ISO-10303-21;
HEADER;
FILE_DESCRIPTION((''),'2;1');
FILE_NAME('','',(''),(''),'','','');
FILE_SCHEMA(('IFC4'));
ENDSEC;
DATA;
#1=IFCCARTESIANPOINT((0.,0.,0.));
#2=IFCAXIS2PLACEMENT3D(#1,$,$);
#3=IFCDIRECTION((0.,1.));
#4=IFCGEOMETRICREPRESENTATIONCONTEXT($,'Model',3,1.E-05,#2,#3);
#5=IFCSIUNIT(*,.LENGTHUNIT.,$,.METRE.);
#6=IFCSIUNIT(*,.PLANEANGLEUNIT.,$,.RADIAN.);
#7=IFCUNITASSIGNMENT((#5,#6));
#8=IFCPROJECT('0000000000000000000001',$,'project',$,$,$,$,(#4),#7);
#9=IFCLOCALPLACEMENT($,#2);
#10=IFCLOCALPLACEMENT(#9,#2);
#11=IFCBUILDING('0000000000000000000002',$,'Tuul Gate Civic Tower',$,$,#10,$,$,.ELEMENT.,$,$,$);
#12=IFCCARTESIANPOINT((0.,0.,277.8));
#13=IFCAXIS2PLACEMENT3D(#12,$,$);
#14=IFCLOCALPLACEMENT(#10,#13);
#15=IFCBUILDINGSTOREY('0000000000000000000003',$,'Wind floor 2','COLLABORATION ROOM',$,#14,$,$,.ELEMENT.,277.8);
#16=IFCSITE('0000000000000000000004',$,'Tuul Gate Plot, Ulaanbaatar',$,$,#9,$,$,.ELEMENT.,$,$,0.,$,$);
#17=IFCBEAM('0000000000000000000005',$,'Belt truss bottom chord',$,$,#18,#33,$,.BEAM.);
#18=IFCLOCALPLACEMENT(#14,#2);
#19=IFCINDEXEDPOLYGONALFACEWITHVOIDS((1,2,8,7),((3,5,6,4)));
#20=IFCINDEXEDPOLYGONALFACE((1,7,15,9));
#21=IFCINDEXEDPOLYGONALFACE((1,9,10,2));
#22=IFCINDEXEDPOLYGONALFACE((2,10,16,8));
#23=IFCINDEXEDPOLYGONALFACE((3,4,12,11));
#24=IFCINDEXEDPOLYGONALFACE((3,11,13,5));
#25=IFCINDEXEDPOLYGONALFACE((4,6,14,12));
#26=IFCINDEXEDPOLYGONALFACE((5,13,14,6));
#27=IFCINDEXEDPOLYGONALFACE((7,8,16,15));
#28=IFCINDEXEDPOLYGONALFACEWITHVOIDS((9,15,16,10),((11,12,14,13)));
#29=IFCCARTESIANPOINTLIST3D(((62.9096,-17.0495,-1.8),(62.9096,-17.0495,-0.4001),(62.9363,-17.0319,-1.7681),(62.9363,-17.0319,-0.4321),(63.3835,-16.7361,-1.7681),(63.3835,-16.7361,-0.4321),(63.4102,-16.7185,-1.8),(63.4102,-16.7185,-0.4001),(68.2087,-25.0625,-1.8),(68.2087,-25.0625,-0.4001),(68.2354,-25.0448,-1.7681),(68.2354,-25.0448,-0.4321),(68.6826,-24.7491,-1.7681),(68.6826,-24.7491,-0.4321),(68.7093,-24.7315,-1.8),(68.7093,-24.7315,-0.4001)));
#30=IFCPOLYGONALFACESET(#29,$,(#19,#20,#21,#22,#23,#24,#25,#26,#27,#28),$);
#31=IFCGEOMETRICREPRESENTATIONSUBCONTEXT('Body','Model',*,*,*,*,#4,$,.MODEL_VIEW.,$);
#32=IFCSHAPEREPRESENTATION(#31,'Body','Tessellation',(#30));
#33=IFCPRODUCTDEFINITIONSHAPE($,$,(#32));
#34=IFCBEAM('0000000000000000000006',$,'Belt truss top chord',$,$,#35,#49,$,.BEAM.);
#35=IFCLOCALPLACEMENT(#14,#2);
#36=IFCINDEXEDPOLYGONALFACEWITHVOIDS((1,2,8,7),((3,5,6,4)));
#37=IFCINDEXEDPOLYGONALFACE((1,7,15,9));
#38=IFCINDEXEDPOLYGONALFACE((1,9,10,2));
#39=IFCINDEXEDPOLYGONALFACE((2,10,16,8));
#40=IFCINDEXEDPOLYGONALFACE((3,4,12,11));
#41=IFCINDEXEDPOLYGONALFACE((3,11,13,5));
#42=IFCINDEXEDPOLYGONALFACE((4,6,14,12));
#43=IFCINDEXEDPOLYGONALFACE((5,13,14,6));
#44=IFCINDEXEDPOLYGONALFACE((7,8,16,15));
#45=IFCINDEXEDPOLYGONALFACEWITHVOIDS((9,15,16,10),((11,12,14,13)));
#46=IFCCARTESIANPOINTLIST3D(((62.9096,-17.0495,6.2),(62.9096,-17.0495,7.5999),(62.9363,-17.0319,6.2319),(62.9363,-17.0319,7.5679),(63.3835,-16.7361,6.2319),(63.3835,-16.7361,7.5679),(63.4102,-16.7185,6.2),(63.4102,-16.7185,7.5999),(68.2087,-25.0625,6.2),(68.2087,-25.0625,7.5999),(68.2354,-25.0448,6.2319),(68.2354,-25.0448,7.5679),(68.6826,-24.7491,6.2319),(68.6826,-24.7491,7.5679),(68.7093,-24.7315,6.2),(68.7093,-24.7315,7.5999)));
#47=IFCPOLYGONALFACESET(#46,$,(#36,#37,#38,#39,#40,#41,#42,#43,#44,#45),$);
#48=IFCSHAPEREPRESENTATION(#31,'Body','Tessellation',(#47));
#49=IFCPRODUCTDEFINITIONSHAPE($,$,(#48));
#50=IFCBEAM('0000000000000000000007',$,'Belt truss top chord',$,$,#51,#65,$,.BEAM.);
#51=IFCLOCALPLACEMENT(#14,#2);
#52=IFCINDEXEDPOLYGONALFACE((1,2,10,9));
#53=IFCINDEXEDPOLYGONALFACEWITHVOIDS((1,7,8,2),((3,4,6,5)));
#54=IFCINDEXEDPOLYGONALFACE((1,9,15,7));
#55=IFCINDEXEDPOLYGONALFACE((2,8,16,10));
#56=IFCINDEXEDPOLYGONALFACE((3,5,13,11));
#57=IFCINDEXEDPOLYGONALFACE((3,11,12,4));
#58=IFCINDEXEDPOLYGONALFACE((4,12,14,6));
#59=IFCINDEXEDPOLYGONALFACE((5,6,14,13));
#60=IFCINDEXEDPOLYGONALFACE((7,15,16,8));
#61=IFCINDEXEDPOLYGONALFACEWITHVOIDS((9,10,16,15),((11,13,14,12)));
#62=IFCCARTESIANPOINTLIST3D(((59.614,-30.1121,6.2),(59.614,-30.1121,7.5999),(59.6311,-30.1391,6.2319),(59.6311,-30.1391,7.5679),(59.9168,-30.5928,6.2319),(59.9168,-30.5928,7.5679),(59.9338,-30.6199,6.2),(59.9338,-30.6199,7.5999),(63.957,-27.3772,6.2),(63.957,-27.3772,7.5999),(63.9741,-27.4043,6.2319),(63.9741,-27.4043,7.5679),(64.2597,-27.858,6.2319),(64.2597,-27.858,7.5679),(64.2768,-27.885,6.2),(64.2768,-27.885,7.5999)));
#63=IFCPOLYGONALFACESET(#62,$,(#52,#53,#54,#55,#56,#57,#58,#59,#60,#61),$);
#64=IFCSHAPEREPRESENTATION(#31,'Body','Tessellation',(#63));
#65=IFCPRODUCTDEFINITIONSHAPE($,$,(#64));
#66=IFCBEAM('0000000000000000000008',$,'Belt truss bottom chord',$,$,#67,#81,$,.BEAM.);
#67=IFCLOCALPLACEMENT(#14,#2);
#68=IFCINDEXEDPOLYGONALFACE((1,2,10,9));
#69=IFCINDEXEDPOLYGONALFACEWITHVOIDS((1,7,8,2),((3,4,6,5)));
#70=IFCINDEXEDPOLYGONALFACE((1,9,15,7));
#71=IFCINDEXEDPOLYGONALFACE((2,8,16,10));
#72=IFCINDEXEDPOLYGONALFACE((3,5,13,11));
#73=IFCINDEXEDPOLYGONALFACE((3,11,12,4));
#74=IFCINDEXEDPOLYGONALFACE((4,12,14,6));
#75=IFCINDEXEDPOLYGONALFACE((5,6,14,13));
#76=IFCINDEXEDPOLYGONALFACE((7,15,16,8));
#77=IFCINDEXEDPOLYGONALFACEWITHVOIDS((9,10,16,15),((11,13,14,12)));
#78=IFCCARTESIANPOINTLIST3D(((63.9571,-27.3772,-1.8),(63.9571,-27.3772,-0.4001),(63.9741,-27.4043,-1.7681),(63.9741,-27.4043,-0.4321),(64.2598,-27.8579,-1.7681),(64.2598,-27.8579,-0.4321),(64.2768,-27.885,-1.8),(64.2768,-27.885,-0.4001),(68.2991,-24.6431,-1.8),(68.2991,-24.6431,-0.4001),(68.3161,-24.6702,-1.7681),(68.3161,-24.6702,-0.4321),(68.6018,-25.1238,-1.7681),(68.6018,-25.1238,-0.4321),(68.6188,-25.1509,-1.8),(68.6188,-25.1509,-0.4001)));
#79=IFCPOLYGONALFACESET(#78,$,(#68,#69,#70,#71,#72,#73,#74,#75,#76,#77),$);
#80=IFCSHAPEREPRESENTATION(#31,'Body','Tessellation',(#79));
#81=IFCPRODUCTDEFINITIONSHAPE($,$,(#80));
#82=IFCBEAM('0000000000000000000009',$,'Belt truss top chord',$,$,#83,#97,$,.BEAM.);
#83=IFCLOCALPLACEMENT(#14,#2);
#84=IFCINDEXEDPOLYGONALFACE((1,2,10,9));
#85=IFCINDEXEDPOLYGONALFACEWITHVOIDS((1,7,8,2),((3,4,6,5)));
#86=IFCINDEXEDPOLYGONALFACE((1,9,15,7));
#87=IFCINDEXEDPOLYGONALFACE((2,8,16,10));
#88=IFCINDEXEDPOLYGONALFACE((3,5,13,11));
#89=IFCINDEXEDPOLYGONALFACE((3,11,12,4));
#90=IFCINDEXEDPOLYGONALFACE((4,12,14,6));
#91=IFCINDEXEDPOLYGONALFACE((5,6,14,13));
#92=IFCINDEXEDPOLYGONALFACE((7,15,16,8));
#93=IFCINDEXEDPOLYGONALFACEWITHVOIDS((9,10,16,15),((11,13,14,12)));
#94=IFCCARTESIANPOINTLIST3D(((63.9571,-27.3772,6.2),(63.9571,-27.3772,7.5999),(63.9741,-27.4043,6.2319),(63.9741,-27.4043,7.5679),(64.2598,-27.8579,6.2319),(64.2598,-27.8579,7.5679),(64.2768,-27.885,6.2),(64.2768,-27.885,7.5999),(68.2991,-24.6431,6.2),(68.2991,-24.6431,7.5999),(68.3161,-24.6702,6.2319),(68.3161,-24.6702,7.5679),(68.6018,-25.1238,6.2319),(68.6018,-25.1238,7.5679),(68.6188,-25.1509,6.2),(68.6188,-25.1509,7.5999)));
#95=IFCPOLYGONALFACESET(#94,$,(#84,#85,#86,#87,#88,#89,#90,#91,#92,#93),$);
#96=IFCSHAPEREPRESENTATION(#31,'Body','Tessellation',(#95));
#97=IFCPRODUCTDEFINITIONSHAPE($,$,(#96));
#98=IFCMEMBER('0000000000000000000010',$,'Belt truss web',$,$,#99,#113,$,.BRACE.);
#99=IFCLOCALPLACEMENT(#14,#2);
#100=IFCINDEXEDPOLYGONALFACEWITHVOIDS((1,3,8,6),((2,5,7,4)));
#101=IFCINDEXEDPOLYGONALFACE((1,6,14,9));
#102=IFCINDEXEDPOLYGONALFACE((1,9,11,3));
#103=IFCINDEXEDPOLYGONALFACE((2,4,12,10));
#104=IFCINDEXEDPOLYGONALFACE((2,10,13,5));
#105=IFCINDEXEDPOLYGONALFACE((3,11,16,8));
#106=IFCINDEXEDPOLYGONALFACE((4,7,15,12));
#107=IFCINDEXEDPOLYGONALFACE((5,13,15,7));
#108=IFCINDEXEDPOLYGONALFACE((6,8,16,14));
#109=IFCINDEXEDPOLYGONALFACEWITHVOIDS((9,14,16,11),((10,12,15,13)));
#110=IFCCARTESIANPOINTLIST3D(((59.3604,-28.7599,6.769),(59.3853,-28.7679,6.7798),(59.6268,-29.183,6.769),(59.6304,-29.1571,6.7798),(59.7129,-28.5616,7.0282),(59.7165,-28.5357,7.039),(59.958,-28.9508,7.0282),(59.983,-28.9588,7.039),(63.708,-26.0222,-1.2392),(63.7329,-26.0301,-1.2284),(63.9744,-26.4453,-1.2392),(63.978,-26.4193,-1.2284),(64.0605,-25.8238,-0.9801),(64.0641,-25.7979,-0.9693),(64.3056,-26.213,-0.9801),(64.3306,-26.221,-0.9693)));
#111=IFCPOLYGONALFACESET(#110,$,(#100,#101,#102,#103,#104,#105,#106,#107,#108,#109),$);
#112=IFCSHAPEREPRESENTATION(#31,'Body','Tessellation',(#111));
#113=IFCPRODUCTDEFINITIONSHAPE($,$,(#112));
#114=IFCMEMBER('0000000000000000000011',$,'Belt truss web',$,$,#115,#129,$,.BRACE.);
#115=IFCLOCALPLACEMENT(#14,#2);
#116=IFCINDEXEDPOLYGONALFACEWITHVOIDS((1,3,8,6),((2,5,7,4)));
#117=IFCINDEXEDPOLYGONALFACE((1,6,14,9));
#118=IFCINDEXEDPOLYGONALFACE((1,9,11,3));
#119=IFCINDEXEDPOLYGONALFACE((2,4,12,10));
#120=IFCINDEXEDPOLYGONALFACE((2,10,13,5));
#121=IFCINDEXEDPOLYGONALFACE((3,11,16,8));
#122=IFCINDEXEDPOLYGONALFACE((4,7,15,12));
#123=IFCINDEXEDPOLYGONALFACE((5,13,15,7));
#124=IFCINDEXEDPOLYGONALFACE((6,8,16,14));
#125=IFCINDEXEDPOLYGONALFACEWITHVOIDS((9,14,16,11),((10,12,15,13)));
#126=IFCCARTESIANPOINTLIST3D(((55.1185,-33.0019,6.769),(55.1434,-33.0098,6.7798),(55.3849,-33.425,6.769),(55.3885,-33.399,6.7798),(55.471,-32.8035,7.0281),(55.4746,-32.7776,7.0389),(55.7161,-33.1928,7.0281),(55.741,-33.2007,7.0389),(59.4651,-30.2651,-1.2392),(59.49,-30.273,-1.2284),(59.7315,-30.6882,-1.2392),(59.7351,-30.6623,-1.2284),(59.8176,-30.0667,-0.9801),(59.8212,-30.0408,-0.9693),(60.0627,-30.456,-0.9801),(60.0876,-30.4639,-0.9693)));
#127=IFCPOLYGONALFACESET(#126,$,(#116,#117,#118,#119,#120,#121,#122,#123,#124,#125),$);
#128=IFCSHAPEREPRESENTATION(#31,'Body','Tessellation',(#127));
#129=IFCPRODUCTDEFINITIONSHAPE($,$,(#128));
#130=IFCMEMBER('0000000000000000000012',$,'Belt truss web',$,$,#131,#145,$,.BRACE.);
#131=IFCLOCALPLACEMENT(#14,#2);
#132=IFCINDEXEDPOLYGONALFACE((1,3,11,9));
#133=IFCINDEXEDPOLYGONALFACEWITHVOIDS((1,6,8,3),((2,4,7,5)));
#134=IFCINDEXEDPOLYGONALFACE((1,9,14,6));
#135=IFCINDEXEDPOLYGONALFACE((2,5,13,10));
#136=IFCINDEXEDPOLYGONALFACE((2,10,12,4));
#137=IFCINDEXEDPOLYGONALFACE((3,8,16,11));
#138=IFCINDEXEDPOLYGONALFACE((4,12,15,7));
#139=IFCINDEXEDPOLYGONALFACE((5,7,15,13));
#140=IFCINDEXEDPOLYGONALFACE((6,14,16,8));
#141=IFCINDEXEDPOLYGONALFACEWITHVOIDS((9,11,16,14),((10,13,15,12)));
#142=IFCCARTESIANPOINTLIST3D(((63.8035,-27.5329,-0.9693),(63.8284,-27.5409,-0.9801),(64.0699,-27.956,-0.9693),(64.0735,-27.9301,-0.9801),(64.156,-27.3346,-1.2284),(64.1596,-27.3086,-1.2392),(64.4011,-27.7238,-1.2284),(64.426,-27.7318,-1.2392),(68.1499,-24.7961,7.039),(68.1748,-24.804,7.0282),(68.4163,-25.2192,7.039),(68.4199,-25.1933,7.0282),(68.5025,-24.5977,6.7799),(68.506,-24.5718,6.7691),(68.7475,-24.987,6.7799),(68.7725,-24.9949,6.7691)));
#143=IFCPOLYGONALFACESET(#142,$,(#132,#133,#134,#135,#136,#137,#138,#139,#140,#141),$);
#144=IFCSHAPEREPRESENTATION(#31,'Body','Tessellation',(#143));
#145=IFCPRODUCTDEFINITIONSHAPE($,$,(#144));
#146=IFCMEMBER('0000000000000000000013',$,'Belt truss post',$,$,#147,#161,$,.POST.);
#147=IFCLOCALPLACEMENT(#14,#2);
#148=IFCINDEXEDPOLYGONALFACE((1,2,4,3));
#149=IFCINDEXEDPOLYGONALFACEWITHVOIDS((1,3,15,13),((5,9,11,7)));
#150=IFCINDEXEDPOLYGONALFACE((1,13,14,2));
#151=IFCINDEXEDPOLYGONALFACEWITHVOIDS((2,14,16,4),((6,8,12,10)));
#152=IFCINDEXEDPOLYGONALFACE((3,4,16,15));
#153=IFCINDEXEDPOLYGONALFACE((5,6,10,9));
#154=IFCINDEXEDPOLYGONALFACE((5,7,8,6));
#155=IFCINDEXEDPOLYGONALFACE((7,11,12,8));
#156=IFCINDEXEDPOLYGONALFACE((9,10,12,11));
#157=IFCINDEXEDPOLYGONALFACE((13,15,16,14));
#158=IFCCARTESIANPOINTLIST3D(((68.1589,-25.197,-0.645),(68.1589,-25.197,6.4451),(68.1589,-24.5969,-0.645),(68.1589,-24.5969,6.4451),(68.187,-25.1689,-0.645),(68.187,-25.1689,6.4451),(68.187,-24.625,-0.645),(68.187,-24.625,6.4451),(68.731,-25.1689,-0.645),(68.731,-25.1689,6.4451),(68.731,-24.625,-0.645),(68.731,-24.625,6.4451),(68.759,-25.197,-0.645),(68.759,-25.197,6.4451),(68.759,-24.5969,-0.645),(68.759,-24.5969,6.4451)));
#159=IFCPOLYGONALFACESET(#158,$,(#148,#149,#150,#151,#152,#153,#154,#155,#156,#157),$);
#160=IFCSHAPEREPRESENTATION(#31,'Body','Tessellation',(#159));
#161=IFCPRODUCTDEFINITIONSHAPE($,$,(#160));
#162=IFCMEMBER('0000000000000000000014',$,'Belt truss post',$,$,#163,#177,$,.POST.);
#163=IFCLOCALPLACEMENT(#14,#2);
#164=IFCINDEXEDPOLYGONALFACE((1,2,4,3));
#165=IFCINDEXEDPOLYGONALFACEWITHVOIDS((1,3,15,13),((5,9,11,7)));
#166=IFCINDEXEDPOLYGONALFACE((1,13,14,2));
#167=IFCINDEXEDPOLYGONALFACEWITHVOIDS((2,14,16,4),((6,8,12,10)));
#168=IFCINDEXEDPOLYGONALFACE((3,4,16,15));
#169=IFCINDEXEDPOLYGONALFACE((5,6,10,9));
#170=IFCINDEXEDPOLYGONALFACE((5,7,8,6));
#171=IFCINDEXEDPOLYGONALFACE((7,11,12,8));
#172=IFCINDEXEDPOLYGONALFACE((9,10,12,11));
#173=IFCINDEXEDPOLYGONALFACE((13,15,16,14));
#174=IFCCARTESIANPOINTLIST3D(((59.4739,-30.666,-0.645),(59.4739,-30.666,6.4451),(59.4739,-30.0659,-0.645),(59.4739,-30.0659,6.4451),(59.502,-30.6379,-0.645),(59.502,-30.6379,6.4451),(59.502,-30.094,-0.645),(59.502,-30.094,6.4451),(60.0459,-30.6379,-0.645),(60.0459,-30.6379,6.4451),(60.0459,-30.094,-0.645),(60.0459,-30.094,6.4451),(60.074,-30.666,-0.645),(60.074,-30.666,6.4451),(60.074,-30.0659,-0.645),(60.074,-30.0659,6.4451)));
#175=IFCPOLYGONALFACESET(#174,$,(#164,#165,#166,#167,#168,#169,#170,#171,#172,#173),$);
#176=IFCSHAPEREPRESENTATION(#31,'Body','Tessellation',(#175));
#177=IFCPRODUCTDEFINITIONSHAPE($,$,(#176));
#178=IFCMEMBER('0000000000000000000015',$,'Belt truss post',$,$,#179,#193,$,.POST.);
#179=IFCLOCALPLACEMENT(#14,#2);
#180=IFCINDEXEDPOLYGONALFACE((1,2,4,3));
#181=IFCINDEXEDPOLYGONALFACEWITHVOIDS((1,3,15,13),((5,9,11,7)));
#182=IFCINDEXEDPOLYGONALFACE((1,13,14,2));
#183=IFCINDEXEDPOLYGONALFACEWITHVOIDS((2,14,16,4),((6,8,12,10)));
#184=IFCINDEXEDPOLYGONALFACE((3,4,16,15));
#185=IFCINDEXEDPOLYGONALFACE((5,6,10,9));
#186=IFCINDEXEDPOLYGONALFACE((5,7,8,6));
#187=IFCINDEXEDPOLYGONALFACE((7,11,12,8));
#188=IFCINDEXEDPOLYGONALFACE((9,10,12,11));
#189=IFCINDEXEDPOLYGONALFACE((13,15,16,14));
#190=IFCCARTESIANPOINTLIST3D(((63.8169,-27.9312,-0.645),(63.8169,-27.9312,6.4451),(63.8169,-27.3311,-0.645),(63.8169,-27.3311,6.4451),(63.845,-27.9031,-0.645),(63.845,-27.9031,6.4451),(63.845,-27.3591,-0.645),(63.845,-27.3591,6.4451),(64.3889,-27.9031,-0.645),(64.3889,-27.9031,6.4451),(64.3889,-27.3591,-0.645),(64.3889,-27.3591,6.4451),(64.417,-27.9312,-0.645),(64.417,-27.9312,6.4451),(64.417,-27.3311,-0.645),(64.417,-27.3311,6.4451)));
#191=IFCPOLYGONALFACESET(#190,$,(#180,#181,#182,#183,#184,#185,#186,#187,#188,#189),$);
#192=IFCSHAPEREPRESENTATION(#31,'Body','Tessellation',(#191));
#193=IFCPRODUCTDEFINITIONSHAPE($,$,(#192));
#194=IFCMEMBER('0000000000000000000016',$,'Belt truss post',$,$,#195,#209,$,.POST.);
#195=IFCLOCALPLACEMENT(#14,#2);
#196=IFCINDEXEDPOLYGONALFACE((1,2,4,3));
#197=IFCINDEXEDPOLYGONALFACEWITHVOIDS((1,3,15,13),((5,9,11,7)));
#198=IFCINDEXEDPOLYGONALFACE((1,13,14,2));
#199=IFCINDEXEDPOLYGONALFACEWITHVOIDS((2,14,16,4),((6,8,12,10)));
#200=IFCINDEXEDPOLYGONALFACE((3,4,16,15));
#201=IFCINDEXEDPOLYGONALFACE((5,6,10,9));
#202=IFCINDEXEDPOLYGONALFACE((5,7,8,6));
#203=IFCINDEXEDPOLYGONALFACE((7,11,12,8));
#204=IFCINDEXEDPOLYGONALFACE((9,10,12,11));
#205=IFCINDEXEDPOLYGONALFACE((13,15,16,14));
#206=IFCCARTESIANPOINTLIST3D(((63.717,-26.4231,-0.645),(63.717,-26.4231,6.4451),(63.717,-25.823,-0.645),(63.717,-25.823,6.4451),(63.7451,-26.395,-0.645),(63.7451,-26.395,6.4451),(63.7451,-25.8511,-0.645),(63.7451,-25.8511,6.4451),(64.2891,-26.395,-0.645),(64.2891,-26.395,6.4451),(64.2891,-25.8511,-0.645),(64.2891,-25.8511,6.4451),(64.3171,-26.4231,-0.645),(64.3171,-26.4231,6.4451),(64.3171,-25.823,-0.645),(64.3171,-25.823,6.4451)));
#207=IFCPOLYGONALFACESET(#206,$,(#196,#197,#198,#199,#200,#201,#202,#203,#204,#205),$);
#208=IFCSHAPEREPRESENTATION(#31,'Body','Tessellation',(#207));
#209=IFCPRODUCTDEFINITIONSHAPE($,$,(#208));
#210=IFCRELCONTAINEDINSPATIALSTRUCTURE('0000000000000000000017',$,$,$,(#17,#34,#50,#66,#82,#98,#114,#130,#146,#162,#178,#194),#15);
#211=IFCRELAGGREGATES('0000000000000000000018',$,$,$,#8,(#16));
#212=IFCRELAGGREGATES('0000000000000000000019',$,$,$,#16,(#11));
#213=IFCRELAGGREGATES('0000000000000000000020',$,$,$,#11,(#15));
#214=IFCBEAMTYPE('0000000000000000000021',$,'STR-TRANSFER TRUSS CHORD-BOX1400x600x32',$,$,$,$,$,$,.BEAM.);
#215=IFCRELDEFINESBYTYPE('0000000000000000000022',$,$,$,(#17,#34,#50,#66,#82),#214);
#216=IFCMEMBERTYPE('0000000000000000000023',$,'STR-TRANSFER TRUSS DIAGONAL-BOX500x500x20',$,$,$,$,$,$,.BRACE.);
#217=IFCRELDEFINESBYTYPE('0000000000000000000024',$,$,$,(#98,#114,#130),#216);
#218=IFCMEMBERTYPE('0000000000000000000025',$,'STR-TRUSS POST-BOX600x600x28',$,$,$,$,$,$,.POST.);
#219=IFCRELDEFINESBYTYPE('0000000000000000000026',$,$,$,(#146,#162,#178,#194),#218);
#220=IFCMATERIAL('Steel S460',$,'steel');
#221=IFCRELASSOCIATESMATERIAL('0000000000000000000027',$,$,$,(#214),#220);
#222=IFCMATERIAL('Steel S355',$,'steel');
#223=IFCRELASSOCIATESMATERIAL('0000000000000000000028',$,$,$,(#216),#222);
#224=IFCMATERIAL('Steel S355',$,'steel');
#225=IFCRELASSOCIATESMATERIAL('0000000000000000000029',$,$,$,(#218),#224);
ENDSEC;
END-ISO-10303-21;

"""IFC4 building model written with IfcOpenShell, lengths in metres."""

from ifc_helpers import new_model, si_unit, direction, frame, origin, origin_2d, place, context, subcontext, project, spatial, hollow_rectangle, extrude, material, material_profile, profile_set, type_object, element, save


model = new_model("IFC4")

# Units and contexts
model_context = context("Model", 3, precision=1e-05, world=origin(), true_north=direction((0.0, 1.0)))
body_context = subcontext(model_context, "Body", "Model", "MODEL_VIEW")
ifc_project = project(units=[si_unit("LENGTHUNIT", "METRE"), si_unit("PLANEANGLEUNIT", "RADIAN")], contexts=[model_context])

# Site, building, storey
site_placement = place(None, origin())
site = spatial("IfcSite", under=ifc_project, at=site_placement, Name="Tuul Gate Plot, Ulaanbaatar", CompositionType="ELEMENT", RefElevation=0.0)
building_placement = place(site_placement, origin())
building = spatial("IfcBuilding", under=site, at=building_placement, Name="Tuul Gate Civic Tower", CompositionType="ELEMENT")
storey_placement = place(building_placement, frame((0.0, 0.0, 277.8)))
storey = spatial("IfcBuildingStorey", under=building, at=storey_placement, Name="Wind floor 2", Description="COLLABORATION ROOM", CompositionType="ELEMENT", Elevation=277.8)

# Beams
ifc_material_1 = material(Name="Steel S460", Category="steel")
ifc_material_profile_1 = material_profile(ifc_material_1, hollow_rectangle(XDim=0.6001, YDim=1.3999, WallThickness=0.032, at=origin_2d()), Name="BOX1400x600x32")
ifc_profile_set_1 = profile_set([ifc_material_profile_1], Name="Steel S460")
beam_type = type_object("IfcBeamType", Name="STR-TRANSFER TRUSS CHORD-BOX1400x600x32", PredefinedType="BEAM", material=ifc_profile_set_1)
for number, where, z_axis, x_axis, name in (
    (1, (68.459, -24.897, -1.1001), (-0.551606, 0.834105, 0.0), (-0.834105, -0.551606, 0.0), "Belt truss bottom chord"),
    (2, (68.459, -24.897, 6.8999), (-0.551606, 0.834105, 0.0), (-0.834105, -0.551606, 0.0), "Belt truss top chord"),
):
    element("IfcBeam", number, at=place(storey_placement, frame(where, z_axis=z_axis, x_axis=x_axis)), inside=storey, type_object=beam_type, Name=name, PredefinedType="BEAM", context=body_context, shape_type="SweptSolid", body=[
        extrude(hollow_rectangle(XDim=0.6001, YDim=1.3999, WallThickness=0.032, at=origin_2d()), origin(), (0.0, 0.0, 1.0), 9.6067),
    ])
beam_placement = place(storey_placement, frame((59.7739, -30.366, 6.8999), z_axis=(0.8462, 0.532865, 0.0), x_axis=(-0.532865, 0.8462, 0.0)))
element("IfcBeam", 3, at=beam_placement, inside=storey, type_object=beam_type, Name="Belt truss top chord", PredefinedType="BEAM", context=body_context, shape_type="SweptSolid", body=[
    extrude(hollow_rectangle(XDim=0.6001, YDim=1.3999, WallThickness=0.032, at=origin_2d()), origin(), (0.0, 0.0, 1.0), 5.1323),
])
for number, where, z_axis, x_axis, name in (
    (4, (64.1169, -27.6311, -1.1001), (0.846211, 0.532849, 0.0), (-0.532849, 0.846211, 0.0), "Belt truss bottom chord"),
    (5, (64.1169, -27.6311, 6.8999), (0.846211, 0.532849, 0.0), (-0.532849, 0.846211, 0.0), "Belt truss top chord"),
):
    element("IfcBeam", number, at=place(storey_placement, frame(where, z_axis=z_axis, x_axis=x_axis)), inside=storey, type_object=beam_type, Name=name, PredefinedType="BEAM", context=body_context, shape_type="SweptSolid", body=[
        extrude(hollow_rectangle(XDim=0.6001, YDim=1.3999, WallThickness=0.032, at=origin_2d()), origin(), (0.0, 0.0, 1.0), 5.1311),
    ])

# Members
ifc_material_2 = material(Name="Steel S355", Category="steel")
ifc_material_profile_2 = material_profile(ifc_material_2, hollow_rectangle(XDim=0.5, YDim=0.5, WallThickness=0.02, at=origin_2d()), Name="BOX500x500x20")
ifc_profile_set_2 = profile_set([ifc_material_profile_2], Name="Steel S355")
member_type_1 = type_object("IfcMemberType", Name="STR-TRANSFER TRUSS DIAGONAL-BOX500x500x20", PredefinedType="BRACE", material=ifc_profile_set_2)
member_placement = place(storey_placement, frame((64.0193, -26.1216, -1.1042), z_axis=(-0.456938, -0.287742, 0.841672), x_axis=(0.532866, -0.8462, 0.0)))
element("IfcMember", 6, at=member_placement, inside=storey, type_object=member_type_1, Name="Belt truss web", PredefinedType="BRACE", context=body_context, shape_type="SweptSolid", body=[
    extrude(hollow_rectangle(XDim=0.5, YDim=0.5, WallThickness=0.02, at=origin_2d()), origin(), (0.0, 0.0, 1.0), 9.5146),
])
for number, where, z_axis, x_axis, name in (
    (7, (59.7764, -30.3645, -1.1042), (-0.456871, -0.287661, 0.841736), (0.532816, -0.846231, 0.0), "Belt truss web"),
    (8, (64.1147, -27.6323, -1.1042), (0.45685, 0.287665, 0.841746), (-0.532837, 0.846218, 0.0), "Belt truss web"),
):
    element("IfcMember", number, at=place(storey_placement, frame(where, z_axis=z_axis, x_axis=x_axis)), inside=storey, type_object=member_type_1, Name=name, PredefinedType="BRACE", context=body_context, shape_type="SweptSolid", body=[
        extrude(hollow_rectangle(XDim=0.5, YDim=0.5, WallThickness=0.02, at=origin_2d()), origin(), (0.0, 0.0, 1.0), 9.5139),
    ])
ifc_material_3 = material(Name="Steel S355", Category="steel")
ifc_material_profile_3 = material_profile(ifc_material_3, hollow_rectangle(XDim=0.6001, YDim=0.6001, WallThickness=0.0281, at=origin_2d()), Name="BOX600x600x28")
ifc_profile_set_3 = profile_set([ifc_material_profile_3], Name="Steel S355")
member_type_2 = type_object("IfcMemberType", Name="STR-TRUSS POST-BOX600x600x28", PredefinedType="POST", material=ifc_profile_set_3)
for number, where, z_axis, x_axis, name in (
    (9, (68.459, -24.897, -0.645), (0.0, 0.0, 1.0), (1.0, 0.0, 0.0), "Belt truss post"),
    (10, (59.7739, -30.366, -0.645), (0.0, 0.0, 1.0), (1.0, 0.0, 0.0), "Belt truss post"),
    (11, (64.1169, -27.6311, -0.645), (0.0, 0.0, 1.0), (1.0, 0.0, 0.0), "Belt truss post"),
    (12, (64.0171, -26.123, -0.645), (0.0, 0.0, 1.0), (1.0, 0.0, 0.0), "Belt truss post"),
):
    element("IfcMember", number, at=place(storey_placement, frame(where, z_axis=z_axis, x_axis=x_axis)), inside=storey, type_object=member_type_2, Name=name, PredefinedType="POST", context=body_context, shape_type="SweptSolid", body=[
        extrude(hollow_rectangle(XDim=0.6001, YDim=0.6001, WallThickness=0.0281, at=origin_2d()), origin(), (0.0, 0.0, 1.0), 7.0901),
    ])

save(model, "model.ifc")
